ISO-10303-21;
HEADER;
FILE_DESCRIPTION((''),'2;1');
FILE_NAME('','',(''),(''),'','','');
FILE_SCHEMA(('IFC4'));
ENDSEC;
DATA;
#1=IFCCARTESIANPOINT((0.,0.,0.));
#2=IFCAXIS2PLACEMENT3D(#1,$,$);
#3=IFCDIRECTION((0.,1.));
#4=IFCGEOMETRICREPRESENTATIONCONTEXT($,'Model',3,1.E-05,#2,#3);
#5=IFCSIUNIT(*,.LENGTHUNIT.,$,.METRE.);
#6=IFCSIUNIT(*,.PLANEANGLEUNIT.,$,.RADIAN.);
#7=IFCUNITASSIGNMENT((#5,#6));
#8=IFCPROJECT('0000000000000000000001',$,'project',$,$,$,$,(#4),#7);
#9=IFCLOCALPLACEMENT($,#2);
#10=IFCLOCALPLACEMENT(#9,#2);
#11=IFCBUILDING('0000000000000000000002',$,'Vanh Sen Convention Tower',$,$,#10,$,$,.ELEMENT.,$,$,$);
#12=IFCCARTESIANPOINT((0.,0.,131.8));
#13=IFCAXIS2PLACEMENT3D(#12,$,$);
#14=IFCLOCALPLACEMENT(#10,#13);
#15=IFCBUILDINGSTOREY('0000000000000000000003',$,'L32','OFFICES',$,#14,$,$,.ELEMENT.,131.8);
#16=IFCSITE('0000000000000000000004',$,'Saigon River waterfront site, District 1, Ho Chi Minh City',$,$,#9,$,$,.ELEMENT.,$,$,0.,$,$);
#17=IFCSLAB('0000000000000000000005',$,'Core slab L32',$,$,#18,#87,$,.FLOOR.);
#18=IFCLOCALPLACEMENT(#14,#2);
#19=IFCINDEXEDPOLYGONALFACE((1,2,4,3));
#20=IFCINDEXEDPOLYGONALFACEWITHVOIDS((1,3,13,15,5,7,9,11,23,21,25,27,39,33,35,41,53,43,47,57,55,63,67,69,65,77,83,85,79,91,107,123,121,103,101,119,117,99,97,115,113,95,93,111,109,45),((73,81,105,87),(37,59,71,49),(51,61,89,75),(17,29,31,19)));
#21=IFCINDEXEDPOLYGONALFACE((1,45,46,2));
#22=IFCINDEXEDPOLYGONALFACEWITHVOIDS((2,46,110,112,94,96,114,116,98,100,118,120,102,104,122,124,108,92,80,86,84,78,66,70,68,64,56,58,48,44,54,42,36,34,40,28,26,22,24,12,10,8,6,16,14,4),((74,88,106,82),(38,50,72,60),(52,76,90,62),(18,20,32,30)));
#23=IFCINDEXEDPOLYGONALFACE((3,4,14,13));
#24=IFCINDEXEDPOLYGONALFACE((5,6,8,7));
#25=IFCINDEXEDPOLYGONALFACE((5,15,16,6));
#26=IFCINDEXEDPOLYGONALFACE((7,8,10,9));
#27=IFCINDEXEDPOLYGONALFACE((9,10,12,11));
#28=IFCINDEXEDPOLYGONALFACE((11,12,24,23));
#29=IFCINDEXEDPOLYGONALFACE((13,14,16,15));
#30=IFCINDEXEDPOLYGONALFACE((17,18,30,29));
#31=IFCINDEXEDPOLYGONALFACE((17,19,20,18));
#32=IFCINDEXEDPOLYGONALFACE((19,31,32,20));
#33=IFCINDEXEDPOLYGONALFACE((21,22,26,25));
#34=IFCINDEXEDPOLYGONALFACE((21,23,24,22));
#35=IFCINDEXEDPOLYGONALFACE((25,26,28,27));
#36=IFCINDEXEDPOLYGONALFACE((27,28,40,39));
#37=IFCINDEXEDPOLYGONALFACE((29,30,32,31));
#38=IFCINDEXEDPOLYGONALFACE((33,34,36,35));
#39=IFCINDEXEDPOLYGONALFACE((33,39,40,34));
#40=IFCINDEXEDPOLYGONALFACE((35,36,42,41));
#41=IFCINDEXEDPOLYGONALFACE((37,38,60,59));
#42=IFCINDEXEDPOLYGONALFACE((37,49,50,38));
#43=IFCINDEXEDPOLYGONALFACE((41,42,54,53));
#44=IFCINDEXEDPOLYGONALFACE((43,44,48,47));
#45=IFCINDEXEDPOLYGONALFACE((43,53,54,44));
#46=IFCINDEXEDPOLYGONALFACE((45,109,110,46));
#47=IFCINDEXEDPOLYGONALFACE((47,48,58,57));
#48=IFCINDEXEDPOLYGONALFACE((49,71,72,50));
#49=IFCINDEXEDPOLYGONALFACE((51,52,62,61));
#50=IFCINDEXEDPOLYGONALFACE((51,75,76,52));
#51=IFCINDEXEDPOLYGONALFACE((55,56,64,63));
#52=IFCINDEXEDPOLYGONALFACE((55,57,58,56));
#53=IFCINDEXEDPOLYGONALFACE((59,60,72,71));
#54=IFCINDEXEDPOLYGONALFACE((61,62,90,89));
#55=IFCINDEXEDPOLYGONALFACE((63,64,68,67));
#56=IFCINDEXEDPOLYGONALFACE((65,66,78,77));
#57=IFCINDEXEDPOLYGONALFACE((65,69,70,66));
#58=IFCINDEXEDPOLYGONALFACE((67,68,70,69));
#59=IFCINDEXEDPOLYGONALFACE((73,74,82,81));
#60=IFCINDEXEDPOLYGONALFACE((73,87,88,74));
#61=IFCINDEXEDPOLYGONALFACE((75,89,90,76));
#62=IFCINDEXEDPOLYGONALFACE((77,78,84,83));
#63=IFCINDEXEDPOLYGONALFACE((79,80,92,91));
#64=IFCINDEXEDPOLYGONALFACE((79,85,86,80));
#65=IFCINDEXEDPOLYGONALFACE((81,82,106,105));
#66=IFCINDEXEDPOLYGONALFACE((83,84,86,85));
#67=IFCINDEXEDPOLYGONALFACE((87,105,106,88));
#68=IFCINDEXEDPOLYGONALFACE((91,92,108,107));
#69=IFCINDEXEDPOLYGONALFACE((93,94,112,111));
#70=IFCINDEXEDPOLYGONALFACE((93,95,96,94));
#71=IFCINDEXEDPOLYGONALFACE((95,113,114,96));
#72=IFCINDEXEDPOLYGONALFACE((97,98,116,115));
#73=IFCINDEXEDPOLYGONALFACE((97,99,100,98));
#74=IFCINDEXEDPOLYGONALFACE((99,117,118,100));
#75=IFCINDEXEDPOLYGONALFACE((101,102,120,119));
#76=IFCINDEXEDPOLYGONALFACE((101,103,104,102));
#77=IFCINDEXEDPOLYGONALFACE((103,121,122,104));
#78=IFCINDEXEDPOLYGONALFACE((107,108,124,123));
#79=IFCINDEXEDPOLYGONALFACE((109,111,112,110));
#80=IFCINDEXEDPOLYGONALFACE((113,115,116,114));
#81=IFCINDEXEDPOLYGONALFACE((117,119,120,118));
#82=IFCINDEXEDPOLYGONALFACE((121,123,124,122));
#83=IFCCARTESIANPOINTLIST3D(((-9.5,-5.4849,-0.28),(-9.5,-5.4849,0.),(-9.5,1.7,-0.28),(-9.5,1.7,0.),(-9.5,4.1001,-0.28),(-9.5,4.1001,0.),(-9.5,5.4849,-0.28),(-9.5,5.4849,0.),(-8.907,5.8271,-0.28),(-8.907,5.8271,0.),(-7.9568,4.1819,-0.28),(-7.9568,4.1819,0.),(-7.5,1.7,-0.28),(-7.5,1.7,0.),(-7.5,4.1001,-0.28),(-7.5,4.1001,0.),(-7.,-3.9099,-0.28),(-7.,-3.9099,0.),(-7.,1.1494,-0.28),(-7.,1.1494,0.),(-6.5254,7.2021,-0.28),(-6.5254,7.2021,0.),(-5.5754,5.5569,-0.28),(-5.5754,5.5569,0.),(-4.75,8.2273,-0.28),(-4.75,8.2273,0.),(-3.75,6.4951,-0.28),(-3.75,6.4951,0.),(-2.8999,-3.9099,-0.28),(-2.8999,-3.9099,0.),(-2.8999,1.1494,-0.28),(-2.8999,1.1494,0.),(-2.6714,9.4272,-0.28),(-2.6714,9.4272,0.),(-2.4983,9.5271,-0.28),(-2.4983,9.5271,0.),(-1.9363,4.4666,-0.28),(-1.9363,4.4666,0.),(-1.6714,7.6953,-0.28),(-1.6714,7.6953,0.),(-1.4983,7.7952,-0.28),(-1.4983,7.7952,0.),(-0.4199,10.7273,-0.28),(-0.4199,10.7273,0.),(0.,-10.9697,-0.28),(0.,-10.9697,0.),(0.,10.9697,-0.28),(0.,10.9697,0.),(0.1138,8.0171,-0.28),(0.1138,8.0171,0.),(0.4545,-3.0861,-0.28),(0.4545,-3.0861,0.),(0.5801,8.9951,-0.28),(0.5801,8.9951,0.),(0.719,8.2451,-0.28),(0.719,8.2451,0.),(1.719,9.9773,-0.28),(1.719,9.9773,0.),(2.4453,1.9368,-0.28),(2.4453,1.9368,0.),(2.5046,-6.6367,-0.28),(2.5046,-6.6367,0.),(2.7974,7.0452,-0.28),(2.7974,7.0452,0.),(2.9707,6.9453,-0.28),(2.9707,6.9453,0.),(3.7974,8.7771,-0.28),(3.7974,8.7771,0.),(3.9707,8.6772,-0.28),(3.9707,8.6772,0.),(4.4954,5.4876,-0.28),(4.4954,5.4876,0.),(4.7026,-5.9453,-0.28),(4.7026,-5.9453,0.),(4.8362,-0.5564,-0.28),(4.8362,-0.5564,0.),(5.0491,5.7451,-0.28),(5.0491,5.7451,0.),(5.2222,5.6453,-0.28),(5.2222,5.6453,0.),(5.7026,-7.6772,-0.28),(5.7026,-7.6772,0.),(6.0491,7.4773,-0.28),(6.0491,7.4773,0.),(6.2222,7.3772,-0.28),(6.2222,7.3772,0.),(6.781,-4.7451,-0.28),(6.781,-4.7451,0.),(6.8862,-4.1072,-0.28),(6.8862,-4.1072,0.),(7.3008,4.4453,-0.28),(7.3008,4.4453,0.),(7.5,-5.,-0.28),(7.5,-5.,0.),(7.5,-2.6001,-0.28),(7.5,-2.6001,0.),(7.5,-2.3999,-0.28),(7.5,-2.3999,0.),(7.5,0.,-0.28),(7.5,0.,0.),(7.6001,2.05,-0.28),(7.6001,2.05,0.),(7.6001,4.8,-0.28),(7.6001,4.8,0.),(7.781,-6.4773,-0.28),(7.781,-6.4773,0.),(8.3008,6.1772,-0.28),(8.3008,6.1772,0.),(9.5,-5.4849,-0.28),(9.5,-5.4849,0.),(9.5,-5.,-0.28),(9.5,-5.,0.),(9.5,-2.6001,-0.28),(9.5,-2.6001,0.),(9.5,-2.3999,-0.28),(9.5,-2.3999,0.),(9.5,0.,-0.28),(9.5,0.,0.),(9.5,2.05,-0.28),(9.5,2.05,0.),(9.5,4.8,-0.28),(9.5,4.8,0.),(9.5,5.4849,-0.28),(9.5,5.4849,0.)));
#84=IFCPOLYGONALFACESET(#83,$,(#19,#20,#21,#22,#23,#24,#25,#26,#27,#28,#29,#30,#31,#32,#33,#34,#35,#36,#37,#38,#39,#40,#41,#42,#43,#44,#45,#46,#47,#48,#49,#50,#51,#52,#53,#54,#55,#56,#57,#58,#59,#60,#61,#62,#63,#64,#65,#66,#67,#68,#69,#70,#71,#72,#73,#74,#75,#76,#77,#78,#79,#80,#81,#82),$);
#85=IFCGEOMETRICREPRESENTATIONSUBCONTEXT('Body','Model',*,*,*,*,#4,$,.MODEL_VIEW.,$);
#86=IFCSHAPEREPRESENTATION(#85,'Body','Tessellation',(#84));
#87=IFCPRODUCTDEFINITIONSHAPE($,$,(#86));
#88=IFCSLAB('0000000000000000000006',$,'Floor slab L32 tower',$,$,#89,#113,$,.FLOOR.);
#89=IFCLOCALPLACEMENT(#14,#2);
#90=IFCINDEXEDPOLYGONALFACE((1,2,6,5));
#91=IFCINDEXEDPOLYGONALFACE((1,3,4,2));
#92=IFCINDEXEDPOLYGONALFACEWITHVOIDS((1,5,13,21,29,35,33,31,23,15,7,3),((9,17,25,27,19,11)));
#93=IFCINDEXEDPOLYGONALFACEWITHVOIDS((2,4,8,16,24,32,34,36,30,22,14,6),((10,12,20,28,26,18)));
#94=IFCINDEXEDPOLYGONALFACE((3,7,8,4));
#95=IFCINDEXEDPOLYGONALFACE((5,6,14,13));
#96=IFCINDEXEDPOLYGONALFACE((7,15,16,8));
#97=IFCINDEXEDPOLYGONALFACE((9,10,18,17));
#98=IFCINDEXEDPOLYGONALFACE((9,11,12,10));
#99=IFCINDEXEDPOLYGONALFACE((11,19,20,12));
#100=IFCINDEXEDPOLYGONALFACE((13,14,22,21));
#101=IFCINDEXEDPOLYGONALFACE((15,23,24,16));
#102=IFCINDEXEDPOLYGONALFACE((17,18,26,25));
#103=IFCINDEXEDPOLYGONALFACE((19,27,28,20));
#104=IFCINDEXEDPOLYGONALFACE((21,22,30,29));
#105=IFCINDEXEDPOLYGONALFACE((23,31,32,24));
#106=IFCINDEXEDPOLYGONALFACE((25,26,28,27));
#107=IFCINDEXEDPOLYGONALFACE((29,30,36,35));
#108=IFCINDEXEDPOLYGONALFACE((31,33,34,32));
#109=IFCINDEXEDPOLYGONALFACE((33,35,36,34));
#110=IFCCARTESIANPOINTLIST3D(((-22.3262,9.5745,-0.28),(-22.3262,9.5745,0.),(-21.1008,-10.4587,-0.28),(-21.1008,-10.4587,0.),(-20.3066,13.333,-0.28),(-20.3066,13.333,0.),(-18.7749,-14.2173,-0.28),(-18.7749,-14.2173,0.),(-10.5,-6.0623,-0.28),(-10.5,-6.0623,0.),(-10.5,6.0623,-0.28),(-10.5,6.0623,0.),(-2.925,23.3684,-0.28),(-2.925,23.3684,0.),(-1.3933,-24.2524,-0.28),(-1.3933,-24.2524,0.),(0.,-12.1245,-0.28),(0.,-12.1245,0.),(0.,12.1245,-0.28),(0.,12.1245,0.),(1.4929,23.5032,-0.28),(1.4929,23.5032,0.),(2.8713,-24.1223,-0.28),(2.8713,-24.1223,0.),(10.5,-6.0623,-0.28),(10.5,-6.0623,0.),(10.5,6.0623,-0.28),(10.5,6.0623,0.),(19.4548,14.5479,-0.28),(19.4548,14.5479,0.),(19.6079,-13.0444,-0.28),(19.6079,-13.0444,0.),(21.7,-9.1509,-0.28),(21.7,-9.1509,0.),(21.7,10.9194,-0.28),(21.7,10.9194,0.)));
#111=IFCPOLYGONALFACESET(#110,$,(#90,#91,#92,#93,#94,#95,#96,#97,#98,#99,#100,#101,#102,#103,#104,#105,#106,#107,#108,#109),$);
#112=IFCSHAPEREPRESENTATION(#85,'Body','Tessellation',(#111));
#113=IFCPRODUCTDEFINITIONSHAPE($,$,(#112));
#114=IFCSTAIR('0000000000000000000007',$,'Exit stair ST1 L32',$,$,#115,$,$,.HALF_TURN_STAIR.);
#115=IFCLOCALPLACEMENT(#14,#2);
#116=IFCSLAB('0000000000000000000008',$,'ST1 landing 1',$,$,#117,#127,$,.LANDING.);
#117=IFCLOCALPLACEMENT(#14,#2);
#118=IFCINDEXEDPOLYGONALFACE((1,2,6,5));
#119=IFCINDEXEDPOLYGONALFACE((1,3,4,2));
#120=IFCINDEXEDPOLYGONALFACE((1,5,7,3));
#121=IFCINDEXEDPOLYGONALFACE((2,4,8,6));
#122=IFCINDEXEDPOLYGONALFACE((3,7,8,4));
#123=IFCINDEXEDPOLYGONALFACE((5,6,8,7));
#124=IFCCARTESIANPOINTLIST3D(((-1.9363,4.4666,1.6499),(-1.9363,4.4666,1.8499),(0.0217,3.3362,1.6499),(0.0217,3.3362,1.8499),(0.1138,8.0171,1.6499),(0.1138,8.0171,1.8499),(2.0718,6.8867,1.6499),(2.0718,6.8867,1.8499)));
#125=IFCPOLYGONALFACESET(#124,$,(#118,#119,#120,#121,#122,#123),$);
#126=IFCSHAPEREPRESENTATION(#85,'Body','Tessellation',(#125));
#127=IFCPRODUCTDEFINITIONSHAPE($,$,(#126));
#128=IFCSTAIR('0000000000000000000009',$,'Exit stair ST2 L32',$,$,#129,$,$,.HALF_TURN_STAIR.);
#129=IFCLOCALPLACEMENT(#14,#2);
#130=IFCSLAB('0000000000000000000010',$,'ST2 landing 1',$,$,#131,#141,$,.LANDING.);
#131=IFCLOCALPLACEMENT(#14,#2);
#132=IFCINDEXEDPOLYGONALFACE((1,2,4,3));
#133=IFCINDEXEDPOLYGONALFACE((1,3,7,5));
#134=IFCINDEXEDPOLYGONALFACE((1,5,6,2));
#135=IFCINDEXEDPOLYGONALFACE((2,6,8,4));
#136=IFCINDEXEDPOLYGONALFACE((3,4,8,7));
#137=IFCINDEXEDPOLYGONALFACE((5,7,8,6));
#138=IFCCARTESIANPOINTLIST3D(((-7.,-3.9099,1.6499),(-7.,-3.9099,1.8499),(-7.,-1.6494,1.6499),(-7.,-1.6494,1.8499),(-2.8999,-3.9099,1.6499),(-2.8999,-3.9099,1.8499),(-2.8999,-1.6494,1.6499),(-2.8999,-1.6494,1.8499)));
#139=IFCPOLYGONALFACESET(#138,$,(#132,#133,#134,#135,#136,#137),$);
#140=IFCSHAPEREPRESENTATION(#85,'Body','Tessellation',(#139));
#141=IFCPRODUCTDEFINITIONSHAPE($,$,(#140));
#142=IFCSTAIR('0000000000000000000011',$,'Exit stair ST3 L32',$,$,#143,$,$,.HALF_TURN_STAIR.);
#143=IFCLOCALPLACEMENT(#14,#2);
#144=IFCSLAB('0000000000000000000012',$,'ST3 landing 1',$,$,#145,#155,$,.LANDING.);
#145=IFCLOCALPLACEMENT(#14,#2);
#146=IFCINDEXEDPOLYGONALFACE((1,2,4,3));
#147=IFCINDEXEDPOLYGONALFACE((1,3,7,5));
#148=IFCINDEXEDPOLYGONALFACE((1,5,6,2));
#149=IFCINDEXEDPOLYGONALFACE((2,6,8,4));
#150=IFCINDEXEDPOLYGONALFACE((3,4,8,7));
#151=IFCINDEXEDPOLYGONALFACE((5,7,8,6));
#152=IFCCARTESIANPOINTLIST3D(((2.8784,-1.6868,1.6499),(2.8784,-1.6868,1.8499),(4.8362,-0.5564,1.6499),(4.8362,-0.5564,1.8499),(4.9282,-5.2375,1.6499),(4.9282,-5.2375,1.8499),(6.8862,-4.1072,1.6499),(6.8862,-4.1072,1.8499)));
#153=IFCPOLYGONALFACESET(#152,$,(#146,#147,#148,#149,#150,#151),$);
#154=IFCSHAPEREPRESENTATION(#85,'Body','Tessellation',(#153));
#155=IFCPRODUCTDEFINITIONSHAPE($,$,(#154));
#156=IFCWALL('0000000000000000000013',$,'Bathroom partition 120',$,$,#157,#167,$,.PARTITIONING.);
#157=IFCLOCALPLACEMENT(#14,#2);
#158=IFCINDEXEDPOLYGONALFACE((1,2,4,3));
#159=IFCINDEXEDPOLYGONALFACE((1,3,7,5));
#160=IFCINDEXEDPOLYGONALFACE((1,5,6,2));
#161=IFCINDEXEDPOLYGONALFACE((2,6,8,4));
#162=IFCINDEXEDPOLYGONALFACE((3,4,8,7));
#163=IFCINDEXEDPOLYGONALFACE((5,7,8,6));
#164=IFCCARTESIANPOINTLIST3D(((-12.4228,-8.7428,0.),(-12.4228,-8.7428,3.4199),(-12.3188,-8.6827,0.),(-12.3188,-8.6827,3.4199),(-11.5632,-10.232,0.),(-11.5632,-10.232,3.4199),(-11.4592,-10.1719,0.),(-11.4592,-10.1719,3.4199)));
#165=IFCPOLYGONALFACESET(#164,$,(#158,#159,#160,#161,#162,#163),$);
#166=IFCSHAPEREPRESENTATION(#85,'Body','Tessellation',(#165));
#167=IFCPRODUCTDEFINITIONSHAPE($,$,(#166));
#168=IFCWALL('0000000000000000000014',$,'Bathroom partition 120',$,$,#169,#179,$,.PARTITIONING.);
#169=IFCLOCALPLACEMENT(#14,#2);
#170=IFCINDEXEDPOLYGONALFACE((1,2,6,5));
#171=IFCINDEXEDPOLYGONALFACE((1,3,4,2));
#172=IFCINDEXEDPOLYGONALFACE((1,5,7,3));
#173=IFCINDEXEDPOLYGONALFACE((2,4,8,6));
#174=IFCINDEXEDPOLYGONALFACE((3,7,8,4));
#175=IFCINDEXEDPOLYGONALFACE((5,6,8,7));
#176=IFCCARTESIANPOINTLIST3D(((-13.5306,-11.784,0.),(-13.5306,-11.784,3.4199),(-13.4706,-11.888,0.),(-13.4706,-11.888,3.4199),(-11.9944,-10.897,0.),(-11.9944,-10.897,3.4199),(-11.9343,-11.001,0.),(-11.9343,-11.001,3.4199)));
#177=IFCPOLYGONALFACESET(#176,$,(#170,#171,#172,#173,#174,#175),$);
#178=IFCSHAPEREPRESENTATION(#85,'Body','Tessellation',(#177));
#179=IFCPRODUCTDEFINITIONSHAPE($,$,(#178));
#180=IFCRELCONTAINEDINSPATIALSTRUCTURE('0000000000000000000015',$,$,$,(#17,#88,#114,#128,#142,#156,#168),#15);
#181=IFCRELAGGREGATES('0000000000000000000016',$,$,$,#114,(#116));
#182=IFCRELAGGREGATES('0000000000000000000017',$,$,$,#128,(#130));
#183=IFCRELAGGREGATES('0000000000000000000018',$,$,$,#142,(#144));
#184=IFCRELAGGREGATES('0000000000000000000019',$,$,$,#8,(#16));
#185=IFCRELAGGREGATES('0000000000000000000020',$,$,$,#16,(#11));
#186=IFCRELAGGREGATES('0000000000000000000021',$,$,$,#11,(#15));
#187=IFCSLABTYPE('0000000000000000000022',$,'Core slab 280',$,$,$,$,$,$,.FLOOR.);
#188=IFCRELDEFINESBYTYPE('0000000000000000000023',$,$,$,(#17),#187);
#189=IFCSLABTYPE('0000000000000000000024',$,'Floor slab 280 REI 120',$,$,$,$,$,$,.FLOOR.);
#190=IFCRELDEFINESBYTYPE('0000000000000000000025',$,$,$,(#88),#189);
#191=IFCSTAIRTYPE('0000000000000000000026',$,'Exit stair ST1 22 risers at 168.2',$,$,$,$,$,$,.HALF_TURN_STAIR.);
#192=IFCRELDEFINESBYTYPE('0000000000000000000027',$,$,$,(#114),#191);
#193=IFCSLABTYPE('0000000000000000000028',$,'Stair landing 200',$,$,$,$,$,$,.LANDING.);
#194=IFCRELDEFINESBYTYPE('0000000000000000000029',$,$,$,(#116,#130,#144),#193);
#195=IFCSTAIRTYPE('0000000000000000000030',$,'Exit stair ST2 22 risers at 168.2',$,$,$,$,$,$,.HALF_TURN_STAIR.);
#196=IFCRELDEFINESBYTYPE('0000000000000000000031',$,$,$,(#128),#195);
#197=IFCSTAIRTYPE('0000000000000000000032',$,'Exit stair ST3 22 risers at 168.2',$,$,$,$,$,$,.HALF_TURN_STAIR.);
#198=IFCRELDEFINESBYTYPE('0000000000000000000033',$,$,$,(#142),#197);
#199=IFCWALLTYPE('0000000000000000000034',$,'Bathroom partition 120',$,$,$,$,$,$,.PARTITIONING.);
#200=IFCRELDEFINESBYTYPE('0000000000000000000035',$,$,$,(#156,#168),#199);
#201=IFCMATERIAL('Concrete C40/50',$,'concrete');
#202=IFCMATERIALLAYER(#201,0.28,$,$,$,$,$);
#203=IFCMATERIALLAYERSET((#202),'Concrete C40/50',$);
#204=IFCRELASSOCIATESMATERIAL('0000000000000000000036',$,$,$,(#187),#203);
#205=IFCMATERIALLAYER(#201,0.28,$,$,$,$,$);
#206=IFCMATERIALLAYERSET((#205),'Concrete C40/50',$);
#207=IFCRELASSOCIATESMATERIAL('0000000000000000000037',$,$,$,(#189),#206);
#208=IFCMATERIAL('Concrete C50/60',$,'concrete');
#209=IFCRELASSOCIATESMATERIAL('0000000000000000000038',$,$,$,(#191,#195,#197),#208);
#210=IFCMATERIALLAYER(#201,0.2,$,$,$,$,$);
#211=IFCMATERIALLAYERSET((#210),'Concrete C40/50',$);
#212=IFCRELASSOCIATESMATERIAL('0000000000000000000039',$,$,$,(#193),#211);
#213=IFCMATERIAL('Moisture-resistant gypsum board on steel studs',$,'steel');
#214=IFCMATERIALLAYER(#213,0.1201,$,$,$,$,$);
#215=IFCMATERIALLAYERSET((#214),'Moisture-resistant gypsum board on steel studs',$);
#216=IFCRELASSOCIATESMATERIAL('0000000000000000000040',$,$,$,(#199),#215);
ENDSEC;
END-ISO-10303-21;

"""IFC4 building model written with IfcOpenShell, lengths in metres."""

from ifc_helpers import new_model, si_unit, direction, frame, frame_2d, origin, place, context, subcontext, project, spatial, polyline, rectangle, outline, extrude, material, layer, layer_set, type_object, element, aggregate, save


model = new_model("IFC4")

# Units and contexts
model_context = context("Model", 3, precision=1e-05, world=origin(), true_north=direction((0.0, 1.0)))
body_context = subcontext(model_context, "Body", "Model", "MODEL_VIEW")
ifc_project = project(units=[si_unit("LENGTHUNIT", "METRE"), si_unit("PLANEANGLEUNIT", "RADIAN")], contexts=[model_context])

# Site, building, storey
site_placement = place(None, origin())
site = spatial("IfcSite", under=ifc_project, at=site_placement, Name="Saigon River waterfront site, District 1, Ho Chi Minh City", CompositionType="ELEMENT", RefElevation=0.0)
building_placement = place(site_placement, origin())
building = spatial("IfcBuilding", under=site, at=building_placement, Name="Vanh Sen Convention Tower", CompositionType="ELEMENT")
storey_placement = place(building_placement, frame((0.0, 0.0, 131.8)))
storey = spatial("IfcBuildingStorey", under=building, at=storey_placement, Name="L32", Description="OFFICES", CompositionType="ELEMENT", Elevation=131.8)

# Slabs
ifc_material_1 = material(Name="Concrete C40/50", Category="concrete")
ifc_layer_1 = layer(ifc_material_1, 0.28)
ifc_layer_set_1 = layer_set([ifc_layer_1], Name="Concrete C40/50")
slab_type_1 = type_object("IfcSlabType", Name="Core slab 280", PredefinedType="FLOOR", material=ifc_layer_set_1)
slab_1_placement = place(storey_placement, frame((0.0, 0.0, -0.28)))
element("IfcSlab", 1, at=slab_1_placement, inside=storey, type_object=slab_type_1, Name="Core slab L32", PredefinedType="FLOOR", context=body_context, shape_type="SweptSolid", body=[
    extrude(outline(polyline([(9.5, 5.4849), (9.5, 4.8), (7.6001, 4.8), (7.6001, 2.05), (9.5, 2.05), (9.5, 0.0), (7.5, 0.0), (7.5, -2.3999), (9.5, -2.3999), (9.5, -2.6001), (7.5, -2.6001), (7.5, -5.0), (9.5, -5.0), (9.5, -5.4849), (0.0, -10.9697), (-9.5, -5.4849), (-9.5, 1.7), (-7.5, 1.7), (-7.5, 4.1001), (-9.5, 4.1001), (-9.5, 5.4849), (-8.907, 5.8271), (-7.9568, 4.1819), (-5.5754, 5.5569), (-6.5254, 7.2021), (-4.75, 8.2273), (-3.75, 6.4951), (-1.6714, 7.6953), (-2.6714, 9.4272), (-2.4983, 9.5271), (-1.4983, 7.7952), (0.5801, 8.9951), (-0.4199, 10.7273), (0.0, 10.9697), (1.719, 9.9773), (0.719, 8.2451), (2.7974, 7.0452), (3.7974, 8.7771), (3.9707, 8.6772), (2.9707, 6.9453), (5.0491, 5.7451), (6.0491, 7.4773), (6.2222, 7.3772), (5.2222, 5.6453), (7.3008, 4.4453), (8.3008, 6.1772), (9.5, 5.4849)]), holes=[polyline([(-7.0, 3.1499), (-7.0, -3.9099), (-2.8999, -3.9099), (-2.8999, 3.1499), (-2.8999, 1.1494), (-7.0, 1.1494), (-7.0, 3.1499)]), polyline([(4.4954, 5.4875), (6.228, 4.4873), (0.1138, 8.0171), (-1.9363, 4.4666), (2.4453, 1.9368), (4.4954, 5.4875)]), polyline([(7.781, -6.4773), (6.781, -4.7451), (4.7026, -5.9453), (5.7026, -7.6772), (7.781, -6.4773)]), polyline([(0.4546, -3.0862), (2.5046, -6.6367), (6.8862, -4.1072), (4.8362, -0.5564), (-1.2781, -4.0864), (0.4546, -3.0862)])]), origin(), (0.0, 0.0, 1.0), 0.28),
])
ifc_layer_2 = layer(ifc_material_1, 0.28)
ifc_layer_set_2 = layer_set([ifc_layer_2], Name="Concrete C40/50")
slab_type_2 = type_object("IfcSlabType", Name="Floor slab 280 REI 120", PredefinedType="FLOOR", material=ifc_layer_set_2)
slab_2_placement = place(storey_placement, frame((0.0, 0.0, -0.28)))
element("IfcSlab", 2, at=slab_2_placement, inside=storey, type_object=slab_type_2, Name="Floor slab L32 tower", PredefinedType="FLOOR", context=body_context, shape_type="SweptSolid", body=[
    extrude(outline(polyline([(21.7, -9.1509), (21.7, 10.9194), (19.4548, 14.5479), (1.4929, 23.5032), (-2.925, 23.3684), (-20.3066, 13.333), (-22.3262, 9.5745), (-21.1008, -10.4587), (-18.7749, -14.2173), (-1.3933, -24.2524), (2.8713, -24.1223), (19.6079, -13.0444), (21.7, -9.1509)]), holes=[polyline([(0.0, 12.1245), (-10.5, 6.0623), (-10.5, -6.0623), (0.0, -12.1245), (10.5, -6.0623), (10.5, 6.0623), (0.0, 12.1245)])]), origin(), (0.0, 0.0, 1.0), 0.28),
])

# Stairs, slabs
ifc_material_2 = material(Name="Concrete C50/60", Category="concrete")
stair_type_1 = type_object("IfcStairType", Name="Exit stair ST1 22 risers at 168.2", PredefinedType="HALF_TURN_STAIR", material=ifc_material_2)
stair_1_placement = place(storey_placement, origin())
stair_1 = element("IfcStair", 3, at=stair_1_placement, inside=storey, type_object=stair_type_1, Name="Exit stair ST1 L32", PredefinedType="HALF_TURN_STAIR")
ifc_layer_3 = layer(ifc_material_1, 0.2)
ifc_layer_set_3 = layer_set([ifc_layer_3], Name="Concrete C40/50")
slab_type_3 = type_object("IfcSlabType", Name="Stair landing 200", PredefinedType="LANDING", material=ifc_layer_set_3)
slab_3_placement = place(storey_placement, frame((0.0, 0.0, 1.6499)))
slab_3 = element("IfcSlab", 4, at=slab_3_placement, type_object=slab_type_3, Name="ST1 landing 1", PredefinedType="LANDING", context=body_context, shape_type="SweptSolid", body=[
    extrude(outline(polyline([(2.0718, 6.8867), (0.1138, 8.0171), (-1.9363, 4.4666), (0.0217, 3.3362), (2.0718, 6.8867)])), origin(), (0.0, 0.0, 1.0), 0.2),
])
aggregate(stair_1, [slab_3])
stair_type_2 = type_object("IfcStairType", Name="Exit stair ST2 22 risers at 168.2", PredefinedType="HALF_TURN_STAIR", material=ifc_material_2)
stair_2_placement = place(storey_placement, origin())
stair_2 = element("IfcStair", 5, at=stair_2_placement, inside=storey, type_object=stair_type_2, Name="Exit stair ST2 L32", PredefinedType="HALF_TURN_STAIR")
slab_4_placement = place(storey_placement, frame((0.0, 0.0, 1.6499)))
slab_4 = element("IfcSlab", 6, at=slab_4_placement, type_object=slab_type_3, Name="ST2 landing 1", PredefinedType="LANDING", context=body_context, shape_type="SweptSolid", body=[
    extrude(outline(polyline([(-7.0, -1.6494), (-7.0, -3.9099), (-2.8999, -3.9099), (-2.8999, -1.6494), (-7.0, -1.6494)])), origin(), (0.0, 0.0, 1.0), 0.2),
])
aggregate(stair_2, [slab_4])
stair_type_3 = type_object("IfcStairType", Name="Exit stair ST3 22 risers at 168.2", PredefinedType="HALF_TURN_STAIR", material=ifc_material_2)
stair_3_placement = place(storey_placement, origin())
stair_3 = element("IfcStair", 7, at=stair_3_placement, inside=storey, type_object=stair_type_3, Name="Exit stair ST3 L32", PredefinedType="HALF_TURN_STAIR")
slab_5_placement = place(storey_placement, frame((0.0, 0.0, 1.6499)))
slab_5 = element("IfcSlab", 8, at=slab_5_placement, type_object=slab_type_3, Name="ST3 landing 1", PredefinedType="LANDING", context=body_context, shape_type="SweptSolid", body=[
    extrude(outline(polyline([(4.9282, -5.2375), (6.8862, -4.1072), (4.8362, -0.5564), (2.8784, -1.6868), (4.9282, -5.2375)])), origin(), (0.0, 0.0, 1.0), 0.2),
])
aggregate(stair_3, [slab_5])

# Walls
ifc_material_3 = material(Name="Moisture-resistant gypsum board on steel studs", Category="steel")
ifc_layer_4 = layer(ifc_material_3, 0.1201)
ifc_layer_set_4 = layer_set([ifc_layer_4], Name="Moisture-resistant gypsum board on steel studs")
wall_type_1 = type_object("IfcWallType", Name="Bathroom partition 120", PredefinedType="PARTITIONING", material=ifc_layer_set_4)
wall_1_placement = place(storey_placement, frame((-12.3708, -8.7126, 0.0), z_axis=(0.0, 0.0, 1.0), x_axis=(0.499911, -0.866077, 0.0)))
element("IfcWall", 9, at=wall_1_placement, inside=storey, type_object=wall_type_1, Name="Bathroom partition 120", PredefinedType="PARTITIONING", context=body_context, shape_type="SweptSolid", body=[
    extrude(rectangle(XDim=1.7195, YDim=0.1201, at=frame_2d((0.8599, 0.0))), origin(), (0.0, 0.0, 1.0), 3.4199),
])
wall_2_placement = place(storey_placement, frame((-11.9644, -10.949, 0.0), z_axis=(0.0, 0.0, 1.0), x_axis=(-0.866007, -0.500032, 0.0)))
element("IfcWall", 10, at=wall_2_placement, inside=storey, type_object=wall_type_1, Name="Bathroom partition 120", PredefinedType="PARTITIONING", context=body_context, shape_type="SweptSolid", body=[
    extrude(rectangle(XDim=1.7739, YDim=0.1201, at=frame_2d((0.887, 0.0))), origin(), (0.0, 0.0, 1.0), 3.4199),
])

save(model, "model.ifc")
